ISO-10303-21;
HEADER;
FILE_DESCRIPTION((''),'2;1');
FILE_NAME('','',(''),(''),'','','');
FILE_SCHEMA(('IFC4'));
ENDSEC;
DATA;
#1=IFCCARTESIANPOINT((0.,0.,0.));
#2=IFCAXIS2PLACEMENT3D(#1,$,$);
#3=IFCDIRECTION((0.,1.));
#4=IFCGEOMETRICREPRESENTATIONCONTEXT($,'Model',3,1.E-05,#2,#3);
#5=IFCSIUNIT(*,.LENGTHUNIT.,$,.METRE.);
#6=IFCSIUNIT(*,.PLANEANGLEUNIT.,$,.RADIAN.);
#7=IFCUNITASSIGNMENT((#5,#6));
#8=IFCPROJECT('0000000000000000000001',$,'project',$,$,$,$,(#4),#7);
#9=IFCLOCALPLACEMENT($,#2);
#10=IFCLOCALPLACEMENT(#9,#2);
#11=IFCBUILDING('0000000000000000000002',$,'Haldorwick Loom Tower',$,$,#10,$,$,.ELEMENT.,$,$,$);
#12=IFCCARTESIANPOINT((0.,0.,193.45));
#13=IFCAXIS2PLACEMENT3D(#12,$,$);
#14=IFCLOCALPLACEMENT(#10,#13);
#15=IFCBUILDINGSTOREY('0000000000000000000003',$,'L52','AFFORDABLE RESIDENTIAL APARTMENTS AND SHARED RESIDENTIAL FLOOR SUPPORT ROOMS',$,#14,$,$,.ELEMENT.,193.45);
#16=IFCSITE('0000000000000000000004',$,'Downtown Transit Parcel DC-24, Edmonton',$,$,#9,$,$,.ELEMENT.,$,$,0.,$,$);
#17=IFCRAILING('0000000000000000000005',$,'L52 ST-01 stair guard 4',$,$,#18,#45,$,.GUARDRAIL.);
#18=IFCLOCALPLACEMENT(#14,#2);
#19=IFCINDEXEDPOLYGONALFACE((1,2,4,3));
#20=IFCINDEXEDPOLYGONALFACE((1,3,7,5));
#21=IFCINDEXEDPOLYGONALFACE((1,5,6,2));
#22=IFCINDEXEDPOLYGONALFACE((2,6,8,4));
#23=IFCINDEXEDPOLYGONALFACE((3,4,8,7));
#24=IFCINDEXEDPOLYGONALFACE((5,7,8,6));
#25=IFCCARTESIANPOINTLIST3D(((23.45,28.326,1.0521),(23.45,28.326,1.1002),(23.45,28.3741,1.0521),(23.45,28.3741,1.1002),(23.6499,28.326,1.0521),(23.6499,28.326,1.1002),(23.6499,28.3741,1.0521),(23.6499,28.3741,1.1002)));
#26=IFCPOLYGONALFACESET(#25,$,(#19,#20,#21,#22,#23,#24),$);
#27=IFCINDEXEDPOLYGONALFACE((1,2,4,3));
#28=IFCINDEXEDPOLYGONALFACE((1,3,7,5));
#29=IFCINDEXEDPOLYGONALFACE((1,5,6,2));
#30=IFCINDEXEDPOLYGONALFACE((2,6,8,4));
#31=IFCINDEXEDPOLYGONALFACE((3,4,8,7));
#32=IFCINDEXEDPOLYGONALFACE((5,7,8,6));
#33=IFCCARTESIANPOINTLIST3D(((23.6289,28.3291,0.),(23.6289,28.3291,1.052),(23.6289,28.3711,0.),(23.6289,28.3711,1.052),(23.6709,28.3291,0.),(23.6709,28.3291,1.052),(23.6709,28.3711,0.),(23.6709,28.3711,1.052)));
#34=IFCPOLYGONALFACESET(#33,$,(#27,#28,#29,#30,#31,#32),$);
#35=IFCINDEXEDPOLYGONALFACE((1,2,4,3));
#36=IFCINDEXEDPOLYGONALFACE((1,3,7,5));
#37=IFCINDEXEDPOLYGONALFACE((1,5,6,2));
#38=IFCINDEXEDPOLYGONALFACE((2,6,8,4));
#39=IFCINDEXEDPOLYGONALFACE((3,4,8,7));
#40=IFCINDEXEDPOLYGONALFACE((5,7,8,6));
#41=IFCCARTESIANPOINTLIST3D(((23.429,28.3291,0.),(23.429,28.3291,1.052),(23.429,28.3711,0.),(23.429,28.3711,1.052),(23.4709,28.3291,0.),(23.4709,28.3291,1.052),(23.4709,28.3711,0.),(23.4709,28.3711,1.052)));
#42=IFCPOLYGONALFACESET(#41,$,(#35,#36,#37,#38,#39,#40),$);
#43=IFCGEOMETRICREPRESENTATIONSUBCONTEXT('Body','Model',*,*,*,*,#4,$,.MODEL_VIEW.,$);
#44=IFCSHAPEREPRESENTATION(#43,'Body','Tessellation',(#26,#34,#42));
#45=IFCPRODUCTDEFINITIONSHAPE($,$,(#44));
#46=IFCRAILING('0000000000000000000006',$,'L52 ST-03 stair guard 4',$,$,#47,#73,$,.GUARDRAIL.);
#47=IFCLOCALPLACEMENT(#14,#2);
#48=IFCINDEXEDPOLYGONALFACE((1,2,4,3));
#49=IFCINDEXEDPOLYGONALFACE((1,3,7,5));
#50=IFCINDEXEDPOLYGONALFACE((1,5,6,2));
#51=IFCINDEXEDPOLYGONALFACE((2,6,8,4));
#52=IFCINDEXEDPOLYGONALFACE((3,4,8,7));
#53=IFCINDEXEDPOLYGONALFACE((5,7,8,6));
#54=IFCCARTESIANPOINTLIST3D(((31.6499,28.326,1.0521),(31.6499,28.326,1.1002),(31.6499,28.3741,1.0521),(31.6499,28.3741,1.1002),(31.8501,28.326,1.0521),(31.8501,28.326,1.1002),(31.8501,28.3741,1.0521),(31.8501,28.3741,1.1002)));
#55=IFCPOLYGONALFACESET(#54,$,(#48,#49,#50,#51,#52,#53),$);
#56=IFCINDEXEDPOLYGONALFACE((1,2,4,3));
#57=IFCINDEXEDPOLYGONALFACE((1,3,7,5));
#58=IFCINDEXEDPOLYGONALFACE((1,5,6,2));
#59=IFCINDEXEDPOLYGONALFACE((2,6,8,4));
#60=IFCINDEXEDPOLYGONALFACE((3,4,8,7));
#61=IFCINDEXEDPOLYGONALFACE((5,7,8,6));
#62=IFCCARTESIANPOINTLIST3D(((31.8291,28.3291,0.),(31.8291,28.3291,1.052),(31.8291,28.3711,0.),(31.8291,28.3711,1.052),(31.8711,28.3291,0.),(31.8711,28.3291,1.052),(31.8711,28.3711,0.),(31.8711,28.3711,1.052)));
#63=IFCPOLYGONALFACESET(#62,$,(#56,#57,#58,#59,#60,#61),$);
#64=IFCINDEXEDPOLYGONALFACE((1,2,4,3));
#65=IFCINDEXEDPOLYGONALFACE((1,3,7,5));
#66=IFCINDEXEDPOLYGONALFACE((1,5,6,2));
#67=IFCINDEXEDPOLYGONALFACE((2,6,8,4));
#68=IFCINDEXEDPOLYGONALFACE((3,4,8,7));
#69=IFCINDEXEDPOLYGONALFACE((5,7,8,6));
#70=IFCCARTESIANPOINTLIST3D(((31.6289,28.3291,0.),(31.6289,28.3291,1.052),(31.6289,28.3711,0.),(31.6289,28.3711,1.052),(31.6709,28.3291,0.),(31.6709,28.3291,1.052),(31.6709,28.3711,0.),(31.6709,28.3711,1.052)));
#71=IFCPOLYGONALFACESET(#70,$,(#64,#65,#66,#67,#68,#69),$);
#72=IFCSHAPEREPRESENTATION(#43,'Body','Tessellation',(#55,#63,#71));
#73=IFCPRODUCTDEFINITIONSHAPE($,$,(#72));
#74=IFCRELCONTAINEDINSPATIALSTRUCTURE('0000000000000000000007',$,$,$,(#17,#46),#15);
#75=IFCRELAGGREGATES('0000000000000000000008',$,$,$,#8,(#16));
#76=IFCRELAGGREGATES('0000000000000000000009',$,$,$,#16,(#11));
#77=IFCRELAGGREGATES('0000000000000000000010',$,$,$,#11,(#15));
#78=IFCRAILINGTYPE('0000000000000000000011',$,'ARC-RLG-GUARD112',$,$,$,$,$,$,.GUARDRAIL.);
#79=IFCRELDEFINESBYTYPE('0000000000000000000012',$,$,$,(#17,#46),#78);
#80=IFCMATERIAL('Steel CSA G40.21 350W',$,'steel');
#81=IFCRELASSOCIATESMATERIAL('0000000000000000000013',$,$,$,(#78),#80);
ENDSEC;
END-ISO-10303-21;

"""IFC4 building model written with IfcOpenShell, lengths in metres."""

from ifc_helpers import new_model, si_unit, direction, frame, origin, origin_2d, place, context, subcontext, project, spatial, rectangle, extrude, material, type_object, element, save


model = new_model("IFC4")

# Units and contexts
model_context = context("Model", 3, precision=1e-05, world=origin(), true_north=direction((0.0, 1.0)))
body_context = subcontext(model_context, "Body", "Model", "MODEL_VIEW")
ifc_project = project(units=[si_unit("LENGTHUNIT", "METRE"), si_unit("PLANEANGLEUNIT", "RADIAN")], contexts=[model_context])

# Site, building, storey
site_placement = place(None, origin())
site = spatial("IfcSite", under=ifc_project, at=site_placement, Name="Downtown Transit Parcel DC-24, Edmonton", CompositionType="ELEMENT", RefElevation=0.0)
building_placement = place(site_placement, origin())
building = spatial("IfcBuilding", under=site, at=building_placement, Name="Haldorwick Loom Tower", CompositionType="ELEMENT")
storey_placement = place(building_placement, frame((0.0, 0.0, 193.45)))
storey = spatial("IfcBuildingStorey", under=building, at=storey_placement, Name="L52", Description="AFFORDABLE RESIDENTIAL APARTMENTS AND SHARED RESIDENTIAL FLOOR SUPPORT ROOMS", CompositionType="ELEMENT", Elevation=193.45)

# Shared definitions
ifc_material_1 = material(Name="Steel CSA G40.21 350W", Category="steel")

# Railings
railing_type = type_object("IfcRailingType", Name="ARC-RLG-GUARD112", PredefinedType="GUARDRAIL", material=ifc_material_1)
railing_1_placement = place(storey_placement, frame((23.6499, 28.3501, 0.0)))
element("IfcRailing", 1, at=railing_1_placement, inside=storey, type_object=railing_type, Name="L52 ST-01 stair guard 4", PredefinedType="GUARDRAIL", context=body_context, shape_type="SweptSolid", body=[
    extrude(rectangle(XDim=0.0481, YDim=0.0481, at=origin_2d()), frame((0.0, 0.0, 1.0762), z_axis=(-1.0, 0.0, 0.0), x_axis=(0.0, -1.0, 0.0)), (0.0, 0.0, 1.0), 0.2),
    extrude(rectangle(XDim=0.042, YDim=0.042, at=origin_2d()), origin(), (0.0, 0.0, 1.0), 1.052),
    extrude(rectangle(XDim=0.042, YDim=0.042, at=origin_2d()), frame((-0.2, 0.0, 0.0)), (0.0, 0.0, 1.0), 1.052),
])
railing_2_placement = place(storey_placement, frame((31.8501, 28.3501, 0.0)))
element("IfcRailing", 2, at=railing_2_placement, inside=storey, type_object=railing_type, Name="L52 ST-03 stair guard 4", PredefinedType="GUARDRAIL", context=body_context, shape_type="SweptSolid", body=[
    extrude(rectangle(XDim=0.0481, YDim=0.0481, at=origin_2d()), frame((0.0, 0.0, 1.0762), z_axis=(-1.0, 0.0, 0.0), x_axis=(0.0, -1.0, 0.0)), (0.0, 0.0, 1.0), 0.2002),
    extrude(rectangle(XDim=0.042, YDim=0.042, at=origin_2d()), origin(), (0.0, 0.0, 1.0), 1.052),
    extrude(rectangle(XDim=0.042, YDim=0.042, at=origin_2d()), frame((-0.2002, 0.0, 0.0)), (0.0, 0.0, 1.0), 1.052),
])

save(model, "model.ifc")
